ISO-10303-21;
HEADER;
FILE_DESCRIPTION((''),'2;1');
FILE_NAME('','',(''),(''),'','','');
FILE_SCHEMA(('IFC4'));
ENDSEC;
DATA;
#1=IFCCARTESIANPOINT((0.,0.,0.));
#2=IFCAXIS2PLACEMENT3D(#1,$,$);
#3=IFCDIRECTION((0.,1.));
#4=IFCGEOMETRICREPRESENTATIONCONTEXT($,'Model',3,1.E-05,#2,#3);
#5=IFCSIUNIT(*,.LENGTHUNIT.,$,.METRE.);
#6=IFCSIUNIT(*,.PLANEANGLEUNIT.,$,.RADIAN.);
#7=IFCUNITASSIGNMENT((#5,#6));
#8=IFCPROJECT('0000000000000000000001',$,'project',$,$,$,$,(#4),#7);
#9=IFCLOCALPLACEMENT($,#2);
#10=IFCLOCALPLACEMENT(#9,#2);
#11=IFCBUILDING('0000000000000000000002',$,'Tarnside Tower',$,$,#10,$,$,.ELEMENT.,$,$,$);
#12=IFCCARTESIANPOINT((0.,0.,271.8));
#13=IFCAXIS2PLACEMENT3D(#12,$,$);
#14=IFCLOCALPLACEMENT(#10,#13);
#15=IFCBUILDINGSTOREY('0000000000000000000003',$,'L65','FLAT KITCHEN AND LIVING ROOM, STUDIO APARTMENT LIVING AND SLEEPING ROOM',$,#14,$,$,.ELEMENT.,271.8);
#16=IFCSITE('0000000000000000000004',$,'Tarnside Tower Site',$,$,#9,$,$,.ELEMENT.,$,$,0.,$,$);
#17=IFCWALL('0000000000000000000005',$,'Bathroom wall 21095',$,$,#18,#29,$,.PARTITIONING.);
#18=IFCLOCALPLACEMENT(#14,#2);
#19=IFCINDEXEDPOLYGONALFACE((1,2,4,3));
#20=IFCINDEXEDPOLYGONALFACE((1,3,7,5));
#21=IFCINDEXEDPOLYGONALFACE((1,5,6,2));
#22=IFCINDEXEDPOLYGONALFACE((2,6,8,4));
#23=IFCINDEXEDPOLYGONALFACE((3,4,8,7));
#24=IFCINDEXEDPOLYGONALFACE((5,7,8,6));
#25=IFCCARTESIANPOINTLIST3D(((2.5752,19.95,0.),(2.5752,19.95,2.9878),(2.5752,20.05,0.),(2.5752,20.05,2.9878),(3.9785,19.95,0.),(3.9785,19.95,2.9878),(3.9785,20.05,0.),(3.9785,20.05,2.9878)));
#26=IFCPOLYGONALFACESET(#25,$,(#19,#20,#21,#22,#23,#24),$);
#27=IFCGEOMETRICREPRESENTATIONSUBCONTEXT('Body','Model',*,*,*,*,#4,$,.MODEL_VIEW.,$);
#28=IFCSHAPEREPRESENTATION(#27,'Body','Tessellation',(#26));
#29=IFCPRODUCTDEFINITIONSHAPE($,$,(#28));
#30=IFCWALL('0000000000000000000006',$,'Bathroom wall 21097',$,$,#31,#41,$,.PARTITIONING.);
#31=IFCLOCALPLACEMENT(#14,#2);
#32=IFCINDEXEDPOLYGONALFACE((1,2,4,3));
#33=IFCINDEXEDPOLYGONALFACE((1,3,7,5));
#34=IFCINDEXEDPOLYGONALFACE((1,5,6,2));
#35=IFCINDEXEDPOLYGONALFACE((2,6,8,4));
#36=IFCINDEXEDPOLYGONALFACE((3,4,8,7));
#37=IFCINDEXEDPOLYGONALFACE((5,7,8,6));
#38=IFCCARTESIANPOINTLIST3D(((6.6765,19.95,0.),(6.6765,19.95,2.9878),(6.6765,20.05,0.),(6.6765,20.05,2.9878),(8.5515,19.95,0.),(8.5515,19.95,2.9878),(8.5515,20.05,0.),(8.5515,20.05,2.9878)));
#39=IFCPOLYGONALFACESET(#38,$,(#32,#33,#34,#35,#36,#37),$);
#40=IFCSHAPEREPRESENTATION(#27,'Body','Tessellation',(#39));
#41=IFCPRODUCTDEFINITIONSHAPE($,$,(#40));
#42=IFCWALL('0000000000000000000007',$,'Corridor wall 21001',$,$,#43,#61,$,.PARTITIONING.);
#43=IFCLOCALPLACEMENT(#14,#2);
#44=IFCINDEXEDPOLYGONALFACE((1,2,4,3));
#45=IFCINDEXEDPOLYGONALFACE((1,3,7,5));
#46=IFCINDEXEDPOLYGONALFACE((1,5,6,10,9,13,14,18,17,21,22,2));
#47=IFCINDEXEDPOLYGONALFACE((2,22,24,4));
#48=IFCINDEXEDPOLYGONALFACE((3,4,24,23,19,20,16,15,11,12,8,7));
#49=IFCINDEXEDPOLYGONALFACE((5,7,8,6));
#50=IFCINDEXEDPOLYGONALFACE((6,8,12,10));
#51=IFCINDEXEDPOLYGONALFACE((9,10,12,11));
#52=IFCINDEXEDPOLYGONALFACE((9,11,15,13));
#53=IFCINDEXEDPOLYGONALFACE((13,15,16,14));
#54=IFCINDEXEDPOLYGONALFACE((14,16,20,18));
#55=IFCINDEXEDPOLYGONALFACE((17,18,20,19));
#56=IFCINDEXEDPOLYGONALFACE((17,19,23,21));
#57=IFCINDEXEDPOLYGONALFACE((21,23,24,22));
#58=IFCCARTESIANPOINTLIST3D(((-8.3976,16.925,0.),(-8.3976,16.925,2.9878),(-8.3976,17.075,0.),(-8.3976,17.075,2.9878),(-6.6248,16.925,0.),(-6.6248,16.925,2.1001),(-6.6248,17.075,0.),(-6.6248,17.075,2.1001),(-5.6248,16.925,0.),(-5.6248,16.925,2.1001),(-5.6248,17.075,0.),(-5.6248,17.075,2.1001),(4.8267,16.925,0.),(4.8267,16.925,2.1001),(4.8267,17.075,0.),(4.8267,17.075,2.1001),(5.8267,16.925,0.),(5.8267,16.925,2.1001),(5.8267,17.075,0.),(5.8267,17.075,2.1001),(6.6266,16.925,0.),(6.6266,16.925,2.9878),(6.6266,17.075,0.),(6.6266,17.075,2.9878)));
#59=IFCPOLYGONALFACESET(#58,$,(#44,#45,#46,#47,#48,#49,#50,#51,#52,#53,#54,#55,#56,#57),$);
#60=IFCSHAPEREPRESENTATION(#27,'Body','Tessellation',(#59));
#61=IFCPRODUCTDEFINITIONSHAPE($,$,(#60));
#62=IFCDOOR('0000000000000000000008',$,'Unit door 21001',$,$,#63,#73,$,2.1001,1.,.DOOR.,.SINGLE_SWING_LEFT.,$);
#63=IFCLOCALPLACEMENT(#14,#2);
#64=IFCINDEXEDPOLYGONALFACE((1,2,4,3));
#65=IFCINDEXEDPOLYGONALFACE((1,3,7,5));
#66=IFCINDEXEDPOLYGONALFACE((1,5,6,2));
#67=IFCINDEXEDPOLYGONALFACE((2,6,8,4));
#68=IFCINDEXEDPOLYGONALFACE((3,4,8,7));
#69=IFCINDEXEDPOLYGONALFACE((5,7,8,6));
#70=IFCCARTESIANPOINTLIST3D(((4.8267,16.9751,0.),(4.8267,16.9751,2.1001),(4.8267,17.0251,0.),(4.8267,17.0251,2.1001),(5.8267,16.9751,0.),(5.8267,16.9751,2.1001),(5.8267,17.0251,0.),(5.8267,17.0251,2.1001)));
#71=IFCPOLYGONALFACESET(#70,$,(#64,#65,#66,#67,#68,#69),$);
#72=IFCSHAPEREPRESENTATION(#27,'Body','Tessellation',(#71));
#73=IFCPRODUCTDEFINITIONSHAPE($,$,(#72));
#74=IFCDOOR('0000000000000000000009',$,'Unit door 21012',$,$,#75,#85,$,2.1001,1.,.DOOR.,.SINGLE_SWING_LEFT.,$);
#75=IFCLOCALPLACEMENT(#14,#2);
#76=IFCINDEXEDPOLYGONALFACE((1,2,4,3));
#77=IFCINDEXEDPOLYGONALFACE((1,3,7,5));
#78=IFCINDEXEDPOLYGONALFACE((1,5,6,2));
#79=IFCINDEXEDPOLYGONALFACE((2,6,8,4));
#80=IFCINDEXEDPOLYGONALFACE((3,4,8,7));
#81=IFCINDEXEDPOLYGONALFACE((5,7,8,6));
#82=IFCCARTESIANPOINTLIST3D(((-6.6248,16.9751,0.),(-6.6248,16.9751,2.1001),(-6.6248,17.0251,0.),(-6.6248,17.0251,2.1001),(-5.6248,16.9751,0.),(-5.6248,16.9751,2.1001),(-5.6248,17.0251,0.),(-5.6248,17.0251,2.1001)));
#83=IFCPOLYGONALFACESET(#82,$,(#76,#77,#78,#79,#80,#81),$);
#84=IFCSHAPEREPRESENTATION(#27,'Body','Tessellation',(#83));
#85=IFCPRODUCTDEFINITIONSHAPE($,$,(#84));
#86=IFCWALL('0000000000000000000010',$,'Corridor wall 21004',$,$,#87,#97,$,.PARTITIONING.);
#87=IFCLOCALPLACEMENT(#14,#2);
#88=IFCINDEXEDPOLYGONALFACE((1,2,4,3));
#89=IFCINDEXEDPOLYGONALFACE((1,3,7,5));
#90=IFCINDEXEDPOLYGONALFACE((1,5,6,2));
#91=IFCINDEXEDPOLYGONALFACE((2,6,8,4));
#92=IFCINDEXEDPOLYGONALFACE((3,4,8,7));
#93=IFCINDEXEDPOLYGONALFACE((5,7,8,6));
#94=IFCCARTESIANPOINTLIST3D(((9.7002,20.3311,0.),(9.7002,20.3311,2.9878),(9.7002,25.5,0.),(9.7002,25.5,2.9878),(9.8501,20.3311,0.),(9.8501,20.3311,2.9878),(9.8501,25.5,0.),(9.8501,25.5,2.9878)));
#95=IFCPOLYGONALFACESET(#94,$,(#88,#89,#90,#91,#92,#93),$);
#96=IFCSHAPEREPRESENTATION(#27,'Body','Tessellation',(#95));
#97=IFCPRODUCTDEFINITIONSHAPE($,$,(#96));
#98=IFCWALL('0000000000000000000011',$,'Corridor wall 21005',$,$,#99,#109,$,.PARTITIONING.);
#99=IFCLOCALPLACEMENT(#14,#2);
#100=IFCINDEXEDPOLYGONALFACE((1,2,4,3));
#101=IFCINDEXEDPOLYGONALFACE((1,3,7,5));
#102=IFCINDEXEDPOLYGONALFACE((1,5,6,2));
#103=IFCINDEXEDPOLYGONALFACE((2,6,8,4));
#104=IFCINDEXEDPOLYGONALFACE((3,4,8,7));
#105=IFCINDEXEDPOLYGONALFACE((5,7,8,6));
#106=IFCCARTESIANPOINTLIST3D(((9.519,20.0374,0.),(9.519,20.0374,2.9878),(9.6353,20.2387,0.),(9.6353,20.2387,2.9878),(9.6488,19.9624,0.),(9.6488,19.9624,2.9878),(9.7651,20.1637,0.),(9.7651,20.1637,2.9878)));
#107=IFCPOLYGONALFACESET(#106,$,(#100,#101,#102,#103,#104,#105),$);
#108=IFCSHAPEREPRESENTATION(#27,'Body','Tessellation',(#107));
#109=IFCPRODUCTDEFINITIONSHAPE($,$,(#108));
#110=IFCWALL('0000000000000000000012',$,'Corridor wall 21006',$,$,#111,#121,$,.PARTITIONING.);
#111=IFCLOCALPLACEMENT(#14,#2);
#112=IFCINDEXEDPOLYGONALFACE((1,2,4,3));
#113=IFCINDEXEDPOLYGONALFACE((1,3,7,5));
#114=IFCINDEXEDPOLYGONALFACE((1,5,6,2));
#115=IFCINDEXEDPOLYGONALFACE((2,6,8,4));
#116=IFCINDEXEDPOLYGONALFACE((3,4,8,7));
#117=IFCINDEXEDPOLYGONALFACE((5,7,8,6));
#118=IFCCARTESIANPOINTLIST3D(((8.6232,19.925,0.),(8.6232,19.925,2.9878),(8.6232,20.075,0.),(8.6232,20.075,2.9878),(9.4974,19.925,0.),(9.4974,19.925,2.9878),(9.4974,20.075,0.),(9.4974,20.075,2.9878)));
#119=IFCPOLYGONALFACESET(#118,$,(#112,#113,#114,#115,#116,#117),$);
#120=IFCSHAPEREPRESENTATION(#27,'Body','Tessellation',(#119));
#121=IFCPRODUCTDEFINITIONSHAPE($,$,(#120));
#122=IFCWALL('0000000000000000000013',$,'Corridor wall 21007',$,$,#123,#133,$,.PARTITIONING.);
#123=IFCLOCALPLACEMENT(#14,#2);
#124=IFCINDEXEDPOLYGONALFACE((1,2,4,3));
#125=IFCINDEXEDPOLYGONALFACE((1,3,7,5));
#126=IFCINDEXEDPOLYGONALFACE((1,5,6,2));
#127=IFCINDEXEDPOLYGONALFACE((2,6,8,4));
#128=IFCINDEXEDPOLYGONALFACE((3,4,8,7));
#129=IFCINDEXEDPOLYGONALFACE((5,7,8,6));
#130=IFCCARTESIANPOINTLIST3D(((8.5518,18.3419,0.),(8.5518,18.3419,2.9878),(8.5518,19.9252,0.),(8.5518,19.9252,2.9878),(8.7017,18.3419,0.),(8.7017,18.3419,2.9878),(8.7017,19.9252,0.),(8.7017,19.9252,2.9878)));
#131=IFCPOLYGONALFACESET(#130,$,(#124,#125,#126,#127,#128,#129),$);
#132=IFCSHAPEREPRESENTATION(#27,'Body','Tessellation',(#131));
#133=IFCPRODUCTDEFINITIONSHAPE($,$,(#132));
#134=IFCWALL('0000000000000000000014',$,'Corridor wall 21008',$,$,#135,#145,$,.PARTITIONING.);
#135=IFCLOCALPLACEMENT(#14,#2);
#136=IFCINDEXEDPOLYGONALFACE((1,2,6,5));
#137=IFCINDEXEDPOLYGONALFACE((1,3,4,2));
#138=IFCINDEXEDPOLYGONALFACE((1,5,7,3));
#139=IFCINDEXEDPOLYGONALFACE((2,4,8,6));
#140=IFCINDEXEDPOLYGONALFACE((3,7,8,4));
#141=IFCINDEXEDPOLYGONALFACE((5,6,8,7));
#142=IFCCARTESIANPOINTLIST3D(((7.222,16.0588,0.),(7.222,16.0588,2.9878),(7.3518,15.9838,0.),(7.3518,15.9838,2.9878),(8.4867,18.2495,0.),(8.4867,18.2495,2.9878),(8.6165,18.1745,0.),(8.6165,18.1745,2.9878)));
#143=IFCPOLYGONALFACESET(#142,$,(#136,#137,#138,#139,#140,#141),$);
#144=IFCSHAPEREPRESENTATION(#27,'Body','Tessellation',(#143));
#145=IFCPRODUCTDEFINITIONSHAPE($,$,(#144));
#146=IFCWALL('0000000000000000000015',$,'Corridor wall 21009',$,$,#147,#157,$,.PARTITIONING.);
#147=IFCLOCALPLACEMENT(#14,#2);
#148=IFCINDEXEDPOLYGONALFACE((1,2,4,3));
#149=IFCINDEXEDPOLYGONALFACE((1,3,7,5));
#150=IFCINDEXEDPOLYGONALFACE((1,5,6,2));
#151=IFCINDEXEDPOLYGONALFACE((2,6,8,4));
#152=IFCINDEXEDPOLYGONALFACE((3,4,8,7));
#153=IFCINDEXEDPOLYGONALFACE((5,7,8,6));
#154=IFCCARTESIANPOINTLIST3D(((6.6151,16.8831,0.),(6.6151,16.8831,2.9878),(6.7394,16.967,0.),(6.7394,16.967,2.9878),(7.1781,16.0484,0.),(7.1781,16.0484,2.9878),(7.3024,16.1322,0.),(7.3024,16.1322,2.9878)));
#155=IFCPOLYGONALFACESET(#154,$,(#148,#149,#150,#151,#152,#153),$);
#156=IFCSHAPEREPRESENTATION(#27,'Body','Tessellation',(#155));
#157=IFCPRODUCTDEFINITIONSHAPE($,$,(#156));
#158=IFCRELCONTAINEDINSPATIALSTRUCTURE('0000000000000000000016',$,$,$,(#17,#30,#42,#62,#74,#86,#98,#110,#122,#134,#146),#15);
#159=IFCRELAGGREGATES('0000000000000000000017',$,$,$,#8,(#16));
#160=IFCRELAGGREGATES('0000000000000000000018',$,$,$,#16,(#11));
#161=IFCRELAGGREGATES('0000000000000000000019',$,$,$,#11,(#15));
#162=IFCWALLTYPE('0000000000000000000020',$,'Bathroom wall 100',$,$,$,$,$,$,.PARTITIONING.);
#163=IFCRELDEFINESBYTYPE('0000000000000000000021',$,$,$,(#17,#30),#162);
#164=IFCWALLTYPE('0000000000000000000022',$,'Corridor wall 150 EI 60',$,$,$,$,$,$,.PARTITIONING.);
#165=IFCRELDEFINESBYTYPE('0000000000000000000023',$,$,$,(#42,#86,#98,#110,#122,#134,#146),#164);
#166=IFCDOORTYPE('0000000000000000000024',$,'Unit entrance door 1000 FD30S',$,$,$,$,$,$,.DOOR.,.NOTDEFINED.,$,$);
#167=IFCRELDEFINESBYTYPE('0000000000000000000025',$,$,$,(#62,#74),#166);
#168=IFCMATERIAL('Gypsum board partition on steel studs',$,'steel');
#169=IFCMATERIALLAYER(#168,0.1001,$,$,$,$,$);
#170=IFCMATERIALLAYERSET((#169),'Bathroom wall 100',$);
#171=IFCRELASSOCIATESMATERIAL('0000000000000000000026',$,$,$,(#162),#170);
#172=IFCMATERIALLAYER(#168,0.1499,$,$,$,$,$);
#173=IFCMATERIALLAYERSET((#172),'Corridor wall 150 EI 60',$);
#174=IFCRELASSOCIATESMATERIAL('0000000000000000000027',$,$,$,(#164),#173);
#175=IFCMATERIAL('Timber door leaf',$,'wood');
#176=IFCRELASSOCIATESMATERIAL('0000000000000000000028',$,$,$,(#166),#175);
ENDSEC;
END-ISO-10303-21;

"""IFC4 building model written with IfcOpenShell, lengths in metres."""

from ifc_helpers import new_model, si_unit, direction, frame, frame_2d, origin, place, context, subcontext, project, spatial, rectangle, extrude, material, layer, layer_set, type_object, element, fill, save


model = new_model("IFC4")

# Units and contexts
model_context = context("Model", 3, precision=1e-05, world=origin(), true_north=direction((0.0, 1.0)))
body_context = subcontext(model_context, "Body", "Model", "MODEL_VIEW")
ifc_project = project(units=[si_unit("LENGTHUNIT", "METRE"), si_unit("PLANEANGLEUNIT", "RADIAN")], contexts=[model_context])

# Site, building, storey
site_placement = place(None, origin())
site = spatial("IfcSite", under=ifc_project, at=site_placement, Name="Tarnside Tower Site", CompositionType="ELEMENT", RefElevation=0.0)
building_placement = place(site_placement, origin())
building = spatial("IfcBuilding", under=site, at=building_placement, Name="Tarnside Tower", CompositionType="ELEMENT")
storey_placement = place(building_placement, frame((0.0, 0.0, 271.8)))
storey = spatial("IfcBuildingStorey", under=building, at=storey_placement, Name="L65", Description="FLAT KITCHEN AND LIVING ROOM, STUDIO APARTMENT LIVING AND SLEEPING ROOM", CompositionType="ELEMENT", Elevation=271.8)

# Shared definitions
ifc_material_1 = material(Name="Gypsum board partition on steel studs", Category="steel")
ifc_layer_1 = layer(ifc_material_1, 0.1001)
ifc_layer_set_1 = layer_set([ifc_layer_1], Name="Bathroom wall 100")
wall_type_1 = type_object("IfcWallType", Name="Bathroom wall 100", PredefinedType="PARTITIONING", material=ifc_layer_set_1)

# Shared definitions
ifc_material_2 = material(Name="Timber door leaf", Category="wood")

# Walls
wall_1_placement = place(storey_placement, frame((3.9785, 20.0, 0.0), z_axis=(0.0, 0.0, 1.0), x_axis=(-1.0, 0.0, 0.0)))
element("IfcWall", 1, at=wall_1_placement, inside=storey, type_object=wall_type_1, Name="Bathroom wall 21095", PredefinedType="PARTITIONING", context=body_context, shape_type="SweptSolid", body=[
    extrude(rectangle(XDim=1.4033, YDim=0.1001, at=frame_2d((0.7017, 0.0))), origin(), (0.0, 0.0, 1.0), 2.9878),
])
wall_2_placement = place(storey_placement, frame((6.6765, 20.0, 0.0), z_axis=(0.0, 0.0, 1.0), x_axis=(1.0, 0.0, 0.0)))
element("IfcWall", 2, at=wall_2_placement, inside=storey, type_object=wall_type_1, Name="Bathroom wall 21097", PredefinedType="PARTITIONING", context=body_context, shape_type="SweptSolid", body=[
    extrude(rectangle(XDim=1.875, YDim=0.1001, at=frame_2d((0.9375, 0.0))), origin(), (0.0, 0.0, 1.0), 2.9878),
])

# Wall, openings, doors
ifc_layer_2 = layer(ifc_material_1, 0.1499)
ifc_layer_set_2 = layer_set([ifc_layer_2], Name="Corridor wall 150 EI 60")
wall_type_2 = type_object("IfcWallType", Name="Corridor wall 150 EI 60", PredefinedType="PARTITIONING", material=ifc_layer_set_2)
wall_3_placement = place(storey_placement, frame((6.6267, 17.0, 0.0), z_axis=(0.0, 0.0, 1.0), x_axis=(-1.0, 0.0, 0.0)))
wall_3 = element("IfcWall", 3, at=wall_3_placement, inside=storey, type_object=wall_type_2, Name="Corridor wall 21001", PredefinedType="PARTITIONING", context=body_context, shape_type="SweptSolid", body=[
    extrude(rectangle(XDim=15.0242, YDim=0.1499, at=frame_2d((7.5122, 0.0))), origin(), (0.0, 0.0, 1.0), 2.9878),
])
opening_1_placement = place(wall_3_placement, frame((0.8, 0.0, 0.0)))
opening_1 = element("IfcOpeningElement", 4, at=opening_1_placement, cuts=wall_3, PredefinedType="OPENING", context=body_context, shape_type="SweptSolid", body=[
    extrude(rectangle(XDim=1.0, YDim=2.1001, at=frame_2d((0.5, 1.05))), frame((0.0, 0.085, 0.0), z_axis=(0.0, -1.0, 0.0), x_axis=(1.0, 0.0, 0.0)), (0.0, 0.0, 1.0), 0.1699),
])
opening_2_placement = place(wall_3_placement, frame((12.2515, 0.0, 0.0)))
opening_2 = element("IfcOpeningElement", 5, at=opening_2_placement, cuts=wall_3, PredefinedType="OPENING", context=body_context, shape_type="SweptSolid", body=[
    extrude(rectangle(XDim=1.0, YDim=2.1001, at=frame_2d((0.5, 1.05))), frame((0.0, 0.085, 0.0), z_axis=(0.0, -1.0, 0.0), x_axis=(1.0, 0.0, 0.0)), (0.0, 0.0, 1.0), 0.1699),
])
door_type_1 = type_object("IfcDoorType", Name="Unit entrance door 1000 FD30S", OperationType="NOTDEFINED", PredefinedType="DOOR", material=ifc_material_2)
door_1_placement = place(opening_1_placement, origin())
door_1 = element("IfcDoor", 6, at=door_1_placement, inside=storey, type_object=door_type_1, Name="Unit door 21001", OperationType="SINGLE_SWING_LEFT", OverallHeight=2.1001, OverallWidth=1.0, PredefinedType="DOOR", context=body_context, shape_type="SweptSolid", body=[
    extrude(rectangle(XDim=1.0, YDim=2.1001, at=frame_2d((0.5, 1.05))), frame((0.0, 0.0249, 0.0), z_axis=(0.0, -1.0, 0.0), x_axis=(1.0, 0.0, 0.0)), (0.0, 0.0, 1.0), 0.05),
])
fill(opening_1, door_1)
door_2_placement = place(opening_2_placement, origin())
door_2 = element("IfcDoor", 7, at=door_2_placement, inside=storey, type_object=door_type_1, Name="Unit door 21012", OperationType="SINGLE_SWING_LEFT", OverallHeight=2.1001, OverallWidth=1.0, PredefinedType="DOOR", context=body_context, shape_type="SweptSolid", body=[
    extrude(rectangle(XDim=1.0, YDim=2.1001, at=frame_2d((0.5, 1.05))), frame((0.0, 0.0249, 0.0), z_axis=(0.0, -1.0, 0.0), x_axis=(1.0, 0.0, 0.0)), (0.0, 0.0, 1.0), 0.05),
])
fill(opening_2, door_2)

# Walls
wall_4_placement = place(storey_placement, frame((9.7751, 25.5, 0.0), z_axis=(0.0, 0.0, 1.0), x_axis=(0.0, -1.0, 0.0)))
element("IfcWall", 8, at=wall_4_placement, inside=storey, type_object=wall_type_2, Name="Corridor wall 21004", PredefinedType="PARTITIONING", context=body_context, shape_type="SweptSolid", body=[
    extrude(rectangle(XDim=5.1689, YDim=0.1499, at=frame_2d((2.5845, 0.0))), origin(), (0.0, 0.0, 1.0), 2.9878),
])
wall_5_placement = place(storey_placement, frame((9.7002, 20.2012, 0.0), z_axis=(0.0, 0.0, 1.0), x_axis=(-0.500208, -0.865906, 0.0)))
element("IfcWall", 9, at=wall_5_placement, inside=storey, type_object=wall_type_2, Name="Corridor wall 21005", PredefinedType="PARTITIONING", context=body_context, shape_type="SweptSolid", body=[
    extrude(rectangle(XDim=0.2324, YDim=0.1499, at=frame_2d((0.1162, 0.0))), origin(), (0.0, 0.0, 1.0), 2.9878),
])
wall_6_placement = place(storey_placement, frame((9.4973, 20.0, 0.0), z_axis=(0.0, 0.0, 1.0), x_axis=(-1.0, 0.0, 0.0)))
element("IfcWall", 10, at=wall_6_placement, inside=storey, type_object=wall_type_2, Name="Corridor wall 21006", PredefinedType="PARTITIONING", context=body_context, shape_type="SweptSolid", body=[
    extrude(rectangle(XDim=0.8743, YDim=0.1499, at=frame_2d((0.437, 0.0))), origin(), (0.0, 0.0, 1.0), 2.9878),
])
wall_7_placement = place(storey_placement, frame((8.6267, 19.925, 0.0), z_axis=(0.0, 0.0, 1.0), x_axis=(0.0, -1.0, 0.0)))
element("IfcWall", 11, at=wall_7_placement, inside=storey, type_object=wall_type_2, Name="Corridor wall 21007", PredefinedType="PARTITIONING", context=body_context, shape_type="SweptSolid", body=[
    extrude(rectangle(XDim=1.5833, YDim=0.1499, at=frame_2d((0.7915, 0.0))), origin(), (0.0, 0.0, 1.0), 2.9878),
])
wall_8_placement = place(storey_placement, frame((8.5515, 18.2119, 0.0), z_axis=(0.0, 0.0, 1.0), x_axis=(-0.499959, -0.866049, 0.0)))
element("IfcWall", 12, at=wall_8_placement, inside=storey, type_object=wall_type_2, Name="Corridor wall 21008", PredefinedType="PARTITIONING", context=body_context, shape_type="SweptSolid", body=[
    extrude(rectangle(XDim=2.5295, YDim=0.1499, at=frame_2d((1.2646, 0.0))), origin(), (0.0, 0.0, 1.0), 2.9878),
])
wall_9_placement = place(storey_placement, frame((7.2402, 16.0903, 0.0), z_axis=(0.0, 0.0, 1.0), x_axis=(-0.559169, 0.829054, 0.0)))
element("IfcWall", 13, at=wall_9_placement, inside=storey, type_object=wall_type_2, Name="Corridor wall 21009", PredefinedType="PARTITIONING", context=body_context, shape_type="SweptSolid", body=[
    extrude(rectangle(XDim=1.0068, YDim=0.1499, at=frame_2d((0.5034, 0.0))), origin(), (0.0, 0.0, 1.0), 2.9878),
])

save(model, "model.ifc")
